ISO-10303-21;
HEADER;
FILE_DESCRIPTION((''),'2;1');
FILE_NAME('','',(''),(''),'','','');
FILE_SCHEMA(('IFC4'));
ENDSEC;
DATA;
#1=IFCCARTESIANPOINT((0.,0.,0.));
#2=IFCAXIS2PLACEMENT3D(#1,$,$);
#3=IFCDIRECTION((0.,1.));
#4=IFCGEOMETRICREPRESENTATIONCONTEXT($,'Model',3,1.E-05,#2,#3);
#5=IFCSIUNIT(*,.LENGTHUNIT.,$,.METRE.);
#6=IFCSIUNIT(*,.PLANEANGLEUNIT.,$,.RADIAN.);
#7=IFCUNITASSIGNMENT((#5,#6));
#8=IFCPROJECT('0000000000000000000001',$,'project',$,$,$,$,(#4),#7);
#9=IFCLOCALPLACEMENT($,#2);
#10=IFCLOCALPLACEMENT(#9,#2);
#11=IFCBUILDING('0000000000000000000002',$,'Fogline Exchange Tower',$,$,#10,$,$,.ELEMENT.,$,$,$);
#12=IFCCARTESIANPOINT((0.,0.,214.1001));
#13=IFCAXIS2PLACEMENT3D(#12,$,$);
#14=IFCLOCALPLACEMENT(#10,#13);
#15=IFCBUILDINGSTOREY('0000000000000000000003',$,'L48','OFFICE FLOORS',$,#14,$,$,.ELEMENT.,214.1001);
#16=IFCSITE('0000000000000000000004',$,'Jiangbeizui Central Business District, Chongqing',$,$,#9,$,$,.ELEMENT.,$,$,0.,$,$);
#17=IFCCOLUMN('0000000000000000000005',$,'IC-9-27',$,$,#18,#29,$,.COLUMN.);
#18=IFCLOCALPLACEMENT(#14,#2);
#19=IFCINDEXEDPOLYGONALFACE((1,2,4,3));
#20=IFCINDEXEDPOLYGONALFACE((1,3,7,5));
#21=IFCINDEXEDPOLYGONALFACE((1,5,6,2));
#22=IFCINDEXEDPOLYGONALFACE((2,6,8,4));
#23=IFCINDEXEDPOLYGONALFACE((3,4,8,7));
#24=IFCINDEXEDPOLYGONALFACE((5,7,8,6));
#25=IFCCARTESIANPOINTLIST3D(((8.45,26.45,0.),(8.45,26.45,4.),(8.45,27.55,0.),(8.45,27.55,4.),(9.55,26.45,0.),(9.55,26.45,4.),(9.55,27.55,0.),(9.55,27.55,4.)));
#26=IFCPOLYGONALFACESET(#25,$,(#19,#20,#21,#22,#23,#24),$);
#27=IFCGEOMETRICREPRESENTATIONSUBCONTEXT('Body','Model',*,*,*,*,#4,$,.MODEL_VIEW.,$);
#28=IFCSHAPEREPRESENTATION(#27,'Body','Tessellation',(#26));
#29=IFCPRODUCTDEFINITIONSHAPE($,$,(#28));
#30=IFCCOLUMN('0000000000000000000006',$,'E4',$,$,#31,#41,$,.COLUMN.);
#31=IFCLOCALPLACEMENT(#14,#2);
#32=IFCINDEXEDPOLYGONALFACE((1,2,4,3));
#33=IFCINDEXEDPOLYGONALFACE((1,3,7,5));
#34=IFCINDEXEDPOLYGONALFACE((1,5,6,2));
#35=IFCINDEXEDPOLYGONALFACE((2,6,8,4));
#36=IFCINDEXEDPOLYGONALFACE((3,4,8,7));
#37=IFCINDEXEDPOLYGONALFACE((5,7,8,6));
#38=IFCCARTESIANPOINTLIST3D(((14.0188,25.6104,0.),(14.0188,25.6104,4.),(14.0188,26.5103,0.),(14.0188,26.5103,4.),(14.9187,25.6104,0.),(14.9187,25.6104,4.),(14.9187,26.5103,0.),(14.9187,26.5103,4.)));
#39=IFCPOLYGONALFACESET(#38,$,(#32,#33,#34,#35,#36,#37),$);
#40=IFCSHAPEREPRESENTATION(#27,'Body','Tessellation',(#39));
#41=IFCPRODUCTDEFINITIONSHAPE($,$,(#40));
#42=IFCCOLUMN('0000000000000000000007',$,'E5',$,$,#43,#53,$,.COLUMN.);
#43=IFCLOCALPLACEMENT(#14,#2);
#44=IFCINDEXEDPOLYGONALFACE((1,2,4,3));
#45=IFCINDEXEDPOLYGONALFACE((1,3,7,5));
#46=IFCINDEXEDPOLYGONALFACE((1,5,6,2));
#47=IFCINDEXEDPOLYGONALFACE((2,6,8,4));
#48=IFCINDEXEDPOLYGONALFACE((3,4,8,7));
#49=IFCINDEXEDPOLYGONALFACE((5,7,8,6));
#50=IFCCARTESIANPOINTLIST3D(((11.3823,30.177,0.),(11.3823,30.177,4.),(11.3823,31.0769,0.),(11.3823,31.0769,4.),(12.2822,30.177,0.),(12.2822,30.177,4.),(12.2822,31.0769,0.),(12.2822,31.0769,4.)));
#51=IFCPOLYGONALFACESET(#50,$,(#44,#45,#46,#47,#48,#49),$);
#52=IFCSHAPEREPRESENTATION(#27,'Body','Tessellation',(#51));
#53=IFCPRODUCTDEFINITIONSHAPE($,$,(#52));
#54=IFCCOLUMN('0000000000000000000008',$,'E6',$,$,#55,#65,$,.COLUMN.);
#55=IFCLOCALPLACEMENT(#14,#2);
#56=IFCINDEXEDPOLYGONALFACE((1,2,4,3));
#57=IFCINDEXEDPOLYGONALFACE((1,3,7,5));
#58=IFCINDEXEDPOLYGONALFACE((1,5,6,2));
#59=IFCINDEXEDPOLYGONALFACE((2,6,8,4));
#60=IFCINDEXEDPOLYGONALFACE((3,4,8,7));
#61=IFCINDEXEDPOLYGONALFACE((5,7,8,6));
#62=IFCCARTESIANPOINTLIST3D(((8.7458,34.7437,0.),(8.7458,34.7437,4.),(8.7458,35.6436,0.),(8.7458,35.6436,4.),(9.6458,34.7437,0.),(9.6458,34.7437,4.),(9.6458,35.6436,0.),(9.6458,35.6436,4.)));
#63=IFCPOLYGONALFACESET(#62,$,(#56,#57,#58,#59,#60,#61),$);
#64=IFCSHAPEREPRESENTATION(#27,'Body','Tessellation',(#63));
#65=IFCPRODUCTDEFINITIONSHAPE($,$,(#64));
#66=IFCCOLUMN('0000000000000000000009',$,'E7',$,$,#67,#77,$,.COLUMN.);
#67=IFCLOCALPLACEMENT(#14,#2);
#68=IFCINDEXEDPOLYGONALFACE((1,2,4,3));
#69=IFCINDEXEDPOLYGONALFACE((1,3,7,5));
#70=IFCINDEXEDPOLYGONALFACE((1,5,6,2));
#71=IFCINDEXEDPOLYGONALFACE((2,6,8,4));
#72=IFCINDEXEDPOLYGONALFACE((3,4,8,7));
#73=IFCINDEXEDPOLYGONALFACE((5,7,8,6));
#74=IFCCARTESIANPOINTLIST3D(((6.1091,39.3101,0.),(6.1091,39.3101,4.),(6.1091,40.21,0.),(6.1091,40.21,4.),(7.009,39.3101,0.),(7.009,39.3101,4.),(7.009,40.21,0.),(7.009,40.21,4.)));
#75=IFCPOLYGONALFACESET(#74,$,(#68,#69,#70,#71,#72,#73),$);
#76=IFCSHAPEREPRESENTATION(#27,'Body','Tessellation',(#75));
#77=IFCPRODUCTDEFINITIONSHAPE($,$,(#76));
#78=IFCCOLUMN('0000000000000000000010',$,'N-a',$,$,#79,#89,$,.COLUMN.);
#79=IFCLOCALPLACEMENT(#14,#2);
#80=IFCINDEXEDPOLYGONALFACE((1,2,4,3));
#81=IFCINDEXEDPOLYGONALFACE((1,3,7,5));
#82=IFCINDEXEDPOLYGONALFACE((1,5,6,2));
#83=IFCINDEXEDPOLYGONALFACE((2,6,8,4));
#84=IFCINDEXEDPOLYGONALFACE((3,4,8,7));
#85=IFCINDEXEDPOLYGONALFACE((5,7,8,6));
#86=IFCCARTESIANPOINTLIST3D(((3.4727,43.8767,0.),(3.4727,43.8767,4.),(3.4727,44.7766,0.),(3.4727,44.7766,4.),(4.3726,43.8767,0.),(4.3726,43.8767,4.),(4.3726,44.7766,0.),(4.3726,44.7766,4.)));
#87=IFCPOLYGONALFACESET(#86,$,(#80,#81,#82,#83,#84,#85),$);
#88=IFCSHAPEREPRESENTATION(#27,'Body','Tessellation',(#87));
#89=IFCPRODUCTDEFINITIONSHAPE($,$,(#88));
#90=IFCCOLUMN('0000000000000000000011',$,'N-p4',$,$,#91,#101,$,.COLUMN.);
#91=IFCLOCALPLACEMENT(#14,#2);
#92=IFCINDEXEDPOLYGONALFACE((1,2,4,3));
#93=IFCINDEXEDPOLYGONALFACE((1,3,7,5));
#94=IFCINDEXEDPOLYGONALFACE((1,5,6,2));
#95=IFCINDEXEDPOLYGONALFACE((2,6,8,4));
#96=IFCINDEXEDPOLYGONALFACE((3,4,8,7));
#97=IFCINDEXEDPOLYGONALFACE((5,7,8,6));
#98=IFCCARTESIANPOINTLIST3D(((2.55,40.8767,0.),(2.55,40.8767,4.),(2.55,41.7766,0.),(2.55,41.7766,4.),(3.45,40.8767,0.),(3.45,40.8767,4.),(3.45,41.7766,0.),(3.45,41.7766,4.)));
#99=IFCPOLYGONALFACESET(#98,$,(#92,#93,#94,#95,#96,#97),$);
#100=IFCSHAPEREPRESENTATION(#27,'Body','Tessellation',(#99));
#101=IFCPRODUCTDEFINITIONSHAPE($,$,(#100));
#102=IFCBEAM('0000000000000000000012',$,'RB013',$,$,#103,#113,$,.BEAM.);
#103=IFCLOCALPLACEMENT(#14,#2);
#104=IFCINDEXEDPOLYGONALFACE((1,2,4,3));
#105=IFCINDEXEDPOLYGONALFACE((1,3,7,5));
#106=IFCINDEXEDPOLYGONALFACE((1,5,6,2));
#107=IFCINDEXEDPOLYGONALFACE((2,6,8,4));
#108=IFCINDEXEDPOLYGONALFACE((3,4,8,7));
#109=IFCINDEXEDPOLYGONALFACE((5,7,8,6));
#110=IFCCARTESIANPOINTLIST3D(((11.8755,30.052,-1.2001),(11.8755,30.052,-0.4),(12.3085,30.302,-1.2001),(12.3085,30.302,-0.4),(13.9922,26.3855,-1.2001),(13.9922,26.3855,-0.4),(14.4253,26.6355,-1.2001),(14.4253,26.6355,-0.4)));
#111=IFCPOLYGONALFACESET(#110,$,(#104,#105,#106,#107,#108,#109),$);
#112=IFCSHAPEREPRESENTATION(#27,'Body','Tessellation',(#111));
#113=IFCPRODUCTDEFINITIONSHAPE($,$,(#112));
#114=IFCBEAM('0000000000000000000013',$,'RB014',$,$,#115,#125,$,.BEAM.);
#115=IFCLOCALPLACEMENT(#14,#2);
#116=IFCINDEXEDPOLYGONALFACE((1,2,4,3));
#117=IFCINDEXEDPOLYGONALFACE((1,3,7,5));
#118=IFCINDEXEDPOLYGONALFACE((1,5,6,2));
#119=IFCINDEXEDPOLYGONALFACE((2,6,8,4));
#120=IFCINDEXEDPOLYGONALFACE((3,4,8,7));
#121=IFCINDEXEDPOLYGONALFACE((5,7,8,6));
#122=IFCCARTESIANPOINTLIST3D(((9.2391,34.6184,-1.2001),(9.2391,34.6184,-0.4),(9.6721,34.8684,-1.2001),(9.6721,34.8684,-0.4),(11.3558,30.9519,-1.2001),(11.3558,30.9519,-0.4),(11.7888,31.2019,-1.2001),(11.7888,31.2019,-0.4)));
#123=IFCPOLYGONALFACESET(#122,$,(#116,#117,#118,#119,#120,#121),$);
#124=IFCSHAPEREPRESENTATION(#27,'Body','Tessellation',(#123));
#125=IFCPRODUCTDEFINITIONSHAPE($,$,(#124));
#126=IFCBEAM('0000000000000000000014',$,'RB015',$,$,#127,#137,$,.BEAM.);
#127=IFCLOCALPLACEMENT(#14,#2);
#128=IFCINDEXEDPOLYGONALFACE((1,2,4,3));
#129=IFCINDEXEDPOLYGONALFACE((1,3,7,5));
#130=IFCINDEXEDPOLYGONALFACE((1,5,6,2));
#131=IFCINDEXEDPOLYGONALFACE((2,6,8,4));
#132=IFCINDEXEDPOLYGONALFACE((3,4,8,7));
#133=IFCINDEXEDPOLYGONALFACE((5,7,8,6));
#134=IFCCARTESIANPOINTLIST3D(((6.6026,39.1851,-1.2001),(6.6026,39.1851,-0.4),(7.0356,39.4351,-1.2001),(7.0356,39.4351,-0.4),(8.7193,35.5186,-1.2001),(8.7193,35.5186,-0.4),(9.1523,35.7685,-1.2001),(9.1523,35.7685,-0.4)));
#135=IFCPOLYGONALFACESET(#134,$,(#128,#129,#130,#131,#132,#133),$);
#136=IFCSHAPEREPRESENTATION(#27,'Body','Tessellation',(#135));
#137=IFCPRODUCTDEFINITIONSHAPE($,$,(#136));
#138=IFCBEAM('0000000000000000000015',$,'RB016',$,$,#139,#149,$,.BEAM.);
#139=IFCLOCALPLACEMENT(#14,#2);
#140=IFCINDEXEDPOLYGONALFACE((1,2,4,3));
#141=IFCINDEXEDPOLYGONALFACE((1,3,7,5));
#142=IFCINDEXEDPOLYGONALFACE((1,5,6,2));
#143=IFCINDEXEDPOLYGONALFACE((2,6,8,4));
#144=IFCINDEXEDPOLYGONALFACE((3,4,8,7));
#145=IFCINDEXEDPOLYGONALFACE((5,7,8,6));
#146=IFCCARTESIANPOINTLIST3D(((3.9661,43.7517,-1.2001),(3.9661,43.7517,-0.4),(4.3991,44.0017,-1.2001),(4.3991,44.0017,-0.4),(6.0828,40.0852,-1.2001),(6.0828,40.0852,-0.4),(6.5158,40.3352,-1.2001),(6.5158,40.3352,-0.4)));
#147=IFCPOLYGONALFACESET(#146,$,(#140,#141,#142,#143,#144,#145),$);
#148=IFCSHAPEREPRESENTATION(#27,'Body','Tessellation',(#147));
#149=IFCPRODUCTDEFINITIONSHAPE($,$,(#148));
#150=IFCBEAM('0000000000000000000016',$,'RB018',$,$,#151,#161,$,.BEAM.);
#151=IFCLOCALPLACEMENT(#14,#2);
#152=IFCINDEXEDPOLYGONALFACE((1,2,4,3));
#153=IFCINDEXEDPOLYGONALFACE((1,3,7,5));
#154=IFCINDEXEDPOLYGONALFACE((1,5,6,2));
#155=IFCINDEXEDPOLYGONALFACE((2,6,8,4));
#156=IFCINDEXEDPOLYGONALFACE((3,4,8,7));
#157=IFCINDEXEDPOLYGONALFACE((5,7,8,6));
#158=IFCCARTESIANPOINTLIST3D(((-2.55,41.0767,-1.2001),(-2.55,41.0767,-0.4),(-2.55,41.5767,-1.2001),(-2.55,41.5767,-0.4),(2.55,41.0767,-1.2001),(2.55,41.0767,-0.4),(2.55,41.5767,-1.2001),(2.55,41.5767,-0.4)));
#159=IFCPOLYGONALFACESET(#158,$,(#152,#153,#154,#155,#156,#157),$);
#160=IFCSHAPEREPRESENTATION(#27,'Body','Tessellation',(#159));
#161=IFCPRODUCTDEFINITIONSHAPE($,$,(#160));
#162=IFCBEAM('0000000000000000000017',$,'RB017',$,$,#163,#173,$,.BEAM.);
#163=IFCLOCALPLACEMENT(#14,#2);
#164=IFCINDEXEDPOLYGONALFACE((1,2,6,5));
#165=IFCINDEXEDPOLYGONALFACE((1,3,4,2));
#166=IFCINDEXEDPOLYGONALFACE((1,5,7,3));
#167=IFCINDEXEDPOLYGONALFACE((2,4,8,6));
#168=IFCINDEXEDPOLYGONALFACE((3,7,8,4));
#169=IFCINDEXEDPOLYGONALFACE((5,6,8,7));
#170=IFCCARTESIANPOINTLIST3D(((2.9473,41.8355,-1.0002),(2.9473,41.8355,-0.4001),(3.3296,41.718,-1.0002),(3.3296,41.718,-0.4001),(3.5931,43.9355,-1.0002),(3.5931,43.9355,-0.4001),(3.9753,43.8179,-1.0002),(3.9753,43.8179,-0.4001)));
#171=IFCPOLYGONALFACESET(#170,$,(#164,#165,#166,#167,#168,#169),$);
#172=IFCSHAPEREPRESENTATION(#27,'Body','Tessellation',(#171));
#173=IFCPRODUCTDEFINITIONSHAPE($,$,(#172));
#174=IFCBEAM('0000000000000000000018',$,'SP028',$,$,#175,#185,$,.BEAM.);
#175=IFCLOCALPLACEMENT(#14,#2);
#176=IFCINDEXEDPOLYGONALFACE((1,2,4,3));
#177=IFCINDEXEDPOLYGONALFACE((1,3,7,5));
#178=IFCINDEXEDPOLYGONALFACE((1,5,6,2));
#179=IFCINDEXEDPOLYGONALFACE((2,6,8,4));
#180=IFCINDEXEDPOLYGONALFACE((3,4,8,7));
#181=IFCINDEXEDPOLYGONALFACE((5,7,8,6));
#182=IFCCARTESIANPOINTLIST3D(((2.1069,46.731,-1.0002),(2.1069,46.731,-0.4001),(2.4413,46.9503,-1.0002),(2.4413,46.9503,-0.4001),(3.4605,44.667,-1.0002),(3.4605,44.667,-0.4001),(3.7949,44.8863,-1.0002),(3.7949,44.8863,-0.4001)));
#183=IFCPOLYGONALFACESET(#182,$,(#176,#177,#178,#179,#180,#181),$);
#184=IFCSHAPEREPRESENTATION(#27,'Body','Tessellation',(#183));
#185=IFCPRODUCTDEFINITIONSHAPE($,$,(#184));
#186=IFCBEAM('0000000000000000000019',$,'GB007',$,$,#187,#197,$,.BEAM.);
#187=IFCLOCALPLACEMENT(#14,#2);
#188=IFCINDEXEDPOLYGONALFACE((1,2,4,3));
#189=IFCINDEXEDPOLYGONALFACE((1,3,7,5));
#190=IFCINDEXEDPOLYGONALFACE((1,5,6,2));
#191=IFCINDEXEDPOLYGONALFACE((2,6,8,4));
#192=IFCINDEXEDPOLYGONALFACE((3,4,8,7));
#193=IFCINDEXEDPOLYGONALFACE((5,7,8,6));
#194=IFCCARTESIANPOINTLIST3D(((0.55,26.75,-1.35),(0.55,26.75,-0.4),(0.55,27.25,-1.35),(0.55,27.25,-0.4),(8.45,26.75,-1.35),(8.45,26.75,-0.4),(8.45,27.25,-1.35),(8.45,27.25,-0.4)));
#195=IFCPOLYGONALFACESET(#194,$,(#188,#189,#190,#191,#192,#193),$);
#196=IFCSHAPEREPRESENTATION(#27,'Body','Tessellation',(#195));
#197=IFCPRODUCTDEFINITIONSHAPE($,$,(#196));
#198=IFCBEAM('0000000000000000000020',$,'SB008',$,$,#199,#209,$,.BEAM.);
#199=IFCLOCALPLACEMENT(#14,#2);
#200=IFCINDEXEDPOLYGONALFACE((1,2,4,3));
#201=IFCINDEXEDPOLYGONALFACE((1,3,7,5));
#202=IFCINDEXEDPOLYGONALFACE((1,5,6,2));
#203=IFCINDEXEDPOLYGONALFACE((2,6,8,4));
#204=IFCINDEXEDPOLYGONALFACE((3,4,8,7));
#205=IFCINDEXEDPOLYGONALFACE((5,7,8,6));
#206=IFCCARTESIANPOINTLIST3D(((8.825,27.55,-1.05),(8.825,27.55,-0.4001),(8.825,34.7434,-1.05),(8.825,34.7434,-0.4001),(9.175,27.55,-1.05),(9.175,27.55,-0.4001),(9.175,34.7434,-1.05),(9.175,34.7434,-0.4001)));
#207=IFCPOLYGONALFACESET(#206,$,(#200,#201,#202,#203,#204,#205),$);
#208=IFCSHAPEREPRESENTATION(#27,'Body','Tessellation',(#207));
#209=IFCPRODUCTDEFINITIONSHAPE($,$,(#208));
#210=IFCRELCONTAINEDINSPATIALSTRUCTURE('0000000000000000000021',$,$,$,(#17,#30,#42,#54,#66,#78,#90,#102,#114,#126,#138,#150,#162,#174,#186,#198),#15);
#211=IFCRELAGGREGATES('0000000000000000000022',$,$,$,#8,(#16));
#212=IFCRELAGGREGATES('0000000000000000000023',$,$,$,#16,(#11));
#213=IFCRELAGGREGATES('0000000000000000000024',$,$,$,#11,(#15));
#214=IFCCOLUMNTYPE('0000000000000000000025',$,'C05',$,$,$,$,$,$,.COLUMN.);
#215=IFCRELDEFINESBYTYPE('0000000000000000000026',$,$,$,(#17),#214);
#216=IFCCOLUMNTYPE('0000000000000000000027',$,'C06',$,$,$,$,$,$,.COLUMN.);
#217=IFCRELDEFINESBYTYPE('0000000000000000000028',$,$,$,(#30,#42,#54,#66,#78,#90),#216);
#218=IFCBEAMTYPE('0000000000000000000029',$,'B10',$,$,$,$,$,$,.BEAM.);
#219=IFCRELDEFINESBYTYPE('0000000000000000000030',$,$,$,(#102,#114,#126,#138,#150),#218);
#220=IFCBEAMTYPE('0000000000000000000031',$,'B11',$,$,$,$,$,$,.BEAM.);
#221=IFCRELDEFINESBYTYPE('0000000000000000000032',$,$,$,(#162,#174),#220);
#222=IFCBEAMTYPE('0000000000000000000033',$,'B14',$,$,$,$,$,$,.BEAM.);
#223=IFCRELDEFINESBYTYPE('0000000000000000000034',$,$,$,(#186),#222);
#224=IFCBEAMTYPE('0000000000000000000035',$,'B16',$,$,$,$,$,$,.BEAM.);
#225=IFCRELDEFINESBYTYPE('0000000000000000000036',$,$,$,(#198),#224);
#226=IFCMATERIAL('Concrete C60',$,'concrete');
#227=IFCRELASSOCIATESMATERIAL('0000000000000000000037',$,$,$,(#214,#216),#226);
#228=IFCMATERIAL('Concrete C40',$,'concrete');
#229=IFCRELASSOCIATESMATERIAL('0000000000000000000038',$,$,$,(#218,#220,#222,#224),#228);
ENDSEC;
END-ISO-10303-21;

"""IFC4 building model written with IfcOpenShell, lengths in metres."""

from ifc_helpers import new_model, si_unit, direction, frame, origin, origin_2d, place, context, subcontext, project, spatial, rectangle, extrude, material, material_profile, profile_set, type_object, element, save


model = new_model("IFC4")

# Units and contexts
model_context = context("Model", 3, precision=1e-05, world=origin(), true_north=direction((0.0, 1.0)))
body_context = subcontext(model_context, "Body", "Model", "MODEL_VIEW")
ifc_project = project(units=[si_unit("LENGTHUNIT", "METRE"), si_unit("PLANEANGLEUNIT", "RADIAN")], contexts=[model_context])

# Site, building, storey
site_placement = place(None, origin())
site = spatial("IfcSite", under=ifc_project, at=site_placement, Name="Jiangbeizui Central Business District, Chongqing", CompositionType="ELEMENT", RefElevation=0.0)
building_placement = place(site_placement, origin())
building = spatial("IfcBuilding", under=site, at=building_placement, Name="Fogline Exchange Tower", CompositionType="ELEMENT")
storey_placement = place(building_placement, frame((0.0, 0.0, 214.1001)))
storey = spatial("IfcBuildingStorey", under=building, at=storey_placement, Name="L48", Description="OFFICE FLOORS", CompositionType="ELEMENT", Elevation=214.1001)

# Columns
ifc_material_1 = material(Name="Concrete C60", Category="concrete")
ifc_material_profile_1 = material_profile(ifc_material_1, rectangle(XDim=1.1001, YDim=1.1001, at=origin_2d()), Name="RC 1100x1100")
ifc_profile_set_1 = profile_set([ifc_material_profile_1], Name="Concrete C60")
column_type_1 = type_object("IfcColumnType", Name="C05", PredefinedType="COLUMN", material=ifc_profile_set_1)
column_placement = place(storey_placement, frame((9.0, 27.0, 0.0), z_axis=(0.0, 0.0, 1.0), x_axis=(1.0, 0.0, 0.0)))
element("IfcColumn", 1, at=column_placement, inside=storey, type_object=column_type_1, Name="IC-9-27", PredefinedType="COLUMN", context=body_context, shape_type="SweptSolid", body=[
    extrude(rectangle(XDim=1.1001, YDim=1.1001, at=origin_2d()), origin(), (0.0, 0.0, 1.0), 4.0),
])
ifc_material_profile_2 = material_profile(ifc_material_1, rectangle(XDim=0.8999, YDim=0.8999, at=origin_2d()), Name="RC 900x900")
ifc_profile_set_2 = profile_set([ifc_material_profile_2], Name="Concrete C60")
column_type_2 = type_object("IfcColumnType", Name="C06", PredefinedType="COLUMN", material=ifc_profile_set_2)
for number, where, z_axis, x_axis, name in (
    (2, (14.4688, 26.0603, 0.0), (0.0, 0.0, 1.0), (1.0, 0.0, 0.0), "E4"),
    (3, (11.8323, 30.627, 0.0), (0.0, 0.0, 1.0), (1.0, 0.0, 0.0), "E5"),
    (4, (9.1958, 35.1936, 0.0), (0.0, 0.0, 1.0), (1.0, 0.0, 0.0), "E6"),
    (5, (6.5591, 39.76, 0.0), (0.0, 0.0, 1.0), (1.0, 0.0, 0.0), "E7"),
    (6, (3.9226, 44.3267, 0.0), (0.0, 0.0, 1.0), (1.0, 0.0, 0.0), "N-a"),
    (7, (3.0, 41.3267, 0.0), (0.0, 0.0, 1.0), (1.0, 0.0, 0.0), "N-p4"),
):
    element("IfcColumn", number, at=place(storey_placement, frame(where, z_axis=z_axis, x_axis=x_axis)), inside=storey, type_object=column_type_2, Name=name, PredefinedType="COLUMN", context=body_context, shape_type="SweptSolid", body=[
        extrude(rectangle(XDim=0.8999, YDim=0.8999, at=origin_2d()), origin(), (0.0, 0.0, 1.0), 4.0),
    ])

# Beams
ifc_material_2 = material(Name="Concrete C40", Category="concrete")
ifc_material_profile_3 = material_profile(ifc_material_2, rectangle(XDim=0.5, YDim=0.8, at=origin_2d()), Name="RC 500x800")
ifc_profile_set_3 = profile_set([ifc_material_profile_3], Name="Concrete C40")
beam_type_1 = type_object("IfcBeamType", Name="B10", PredefinedType="BEAM", material=ifc_profile_set_3)
for number, where, z_axis, x_axis, name in (
    (8, (14.2087, 26.5105, -0.8), (-0.499972, 0.866042, 0.0), (-0.866042, -0.499972, 0.0), "RB013"),
    (9, (11.5723, 31.0769, -0.8), (-0.499972, 0.866042, 0.0), (-0.866042, -0.499972, 0.0), "RB014"),
    (10, (8.9358, 35.6436, -0.8), (-0.499972, 0.866042, 0.0), (-0.866042, -0.499972, 0.0), "RB015"),
    (11, (6.2993, 40.2102, -0.8), (-0.499972, 0.866042, 0.0), (-0.866042, -0.499972, 0.0), "RB016"),
):
    element("IfcBeam", number, at=place(storey_placement, frame(where, z_axis=z_axis, x_axis=x_axis)), inside=storey, type_object=beam_type_1, Name=name, PredefinedType="BEAM", context=body_context, shape_type="SweptSolid", body=[
        extrude(rectangle(XDim=0.5, YDim=0.8, at=origin_2d()), origin(), (0.0, 0.0, 1.0), 4.2336),
    ])
beam_1_placement = place(storey_placement, frame((2.55, 41.3267, -0.8), z_axis=(-1.0, 0.0, 0.0), x_axis=(0.0, -1.0, 0.0)))
element("IfcBeam", 12, at=beam_1_placement, inside=storey, type_object=beam_type_1, Name="RB018", PredefinedType="BEAM", context=body_context, shape_type="SweptSolid", body=[
    extrude(rectangle(XDim=0.5, YDim=0.8, at=origin_2d()), origin(), (0.0, 0.0, 1.0), 5.1001),
])
ifc_material_profile_4 = material_profile(ifc_material_2, rectangle(XDim=0.3999, YDim=0.6001, at=origin_2d()), Name="RC 400x600")
ifc_profile_set_4 = profile_set([ifc_material_profile_4], Name="Concrete C40")
beam_type_2 = type_object("IfcBeamType", Name="B11", PredefinedType="BEAM", material=ifc_profile_set_4)
beam_2_placement = place(storey_placement, frame((3.7842, 43.8767, -0.7002), z_axis=(-0.293906, -0.955834, 0.0), x_axis=(0.955834, -0.293906, 0.0)))
element("IfcBeam", 13, at=beam_2_placement, inside=storey, type_object=beam_type_2, Name="RB017", PredefinedType="BEAM", context=body_context, shape_type="SweptSolid", body=[
    extrude(rectangle(XDim=0.3999, YDim=0.6001, at=origin_2d()), origin(), (0.0, 0.0, 1.0), 2.197),
])
beam_3_placement = place(storey_placement, frame((3.6277, 44.7766, -0.7002), z_axis=(-0.548384, 0.836227, 0.0), x_axis=(-0.836227, -0.548384, 0.0)))
element("IfcBeam", 14, at=beam_3_placement, inside=storey, type_object=beam_type_2, Name="SP028", PredefinedType="BEAM", context=body_context, shape_type="SweptSolid", body=[
    extrude(rectangle(XDim=0.3999, YDim=0.6001, at=origin_2d()), origin(), (0.0, 0.0, 1.0), 2.4683),
])
ifc_material_profile_5 = material_profile(ifc_material_2, rectangle(XDim=0.5, YDim=0.95, at=origin_2d()), Name="RC 500x950")
ifc_profile_set_5 = profile_set([ifc_material_profile_5], Name="Concrete C40")
beam_type_3 = type_object("IfcBeamType", Name="B14", PredefinedType="BEAM", material=ifc_profile_set_5)
beam_4_placement = place(storey_placement, frame((0.55, 27.0, -0.875), z_axis=(1.0, 0.0, 0.0), x_axis=(0.0, 1.0, 0.0)))
element("IfcBeam", 15, at=beam_4_placement, inside=storey, type_object=beam_type_3, Name="GB007", PredefinedType="BEAM", context=body_context, shape_type="SweptSolid", body=[
    extrude(rectangle(XDim=0.5, YDim=0.95, at=origin_2d()), origin(), (0.0, 0.0, 1.0), 7.8999),
])
ifc_material_profile_6 = material_profile(ifc_material_2, rectangle(XDim=0.3501, YDim=0.6499, at=origin_2d()), Name="RC 350x650")
ifc_profile_set_6 = profile_set([ifc_material_profile_6], Name="Concrete C40")
beam_type_4 = type_object("IfcBeamType", Name="B16", PredefinedType="BEAM", material=ifc_profile_set_6)
beam_5_placement = place(storey_placement, frame((9.0, 27.55, -0.7251), z_axis=(0.0, 1.0, 0.0), x_axis=(-1.0, 0.0, 0.0)))
element("IfcBeam", 16, at=beam_5_placement, inside=storey, type_object=beam_type_4, Name="SB008", PredefinedType="BEAM", context=body_context, shape_type="SweptSolid", body=[
    extrude(rectangle(XDim=0.3501, YDim=0.6499, at=origin_2d()), origin(), (0.0, 0.0, 1.0), 7.1934),
])

save(model, "model.ifc")
